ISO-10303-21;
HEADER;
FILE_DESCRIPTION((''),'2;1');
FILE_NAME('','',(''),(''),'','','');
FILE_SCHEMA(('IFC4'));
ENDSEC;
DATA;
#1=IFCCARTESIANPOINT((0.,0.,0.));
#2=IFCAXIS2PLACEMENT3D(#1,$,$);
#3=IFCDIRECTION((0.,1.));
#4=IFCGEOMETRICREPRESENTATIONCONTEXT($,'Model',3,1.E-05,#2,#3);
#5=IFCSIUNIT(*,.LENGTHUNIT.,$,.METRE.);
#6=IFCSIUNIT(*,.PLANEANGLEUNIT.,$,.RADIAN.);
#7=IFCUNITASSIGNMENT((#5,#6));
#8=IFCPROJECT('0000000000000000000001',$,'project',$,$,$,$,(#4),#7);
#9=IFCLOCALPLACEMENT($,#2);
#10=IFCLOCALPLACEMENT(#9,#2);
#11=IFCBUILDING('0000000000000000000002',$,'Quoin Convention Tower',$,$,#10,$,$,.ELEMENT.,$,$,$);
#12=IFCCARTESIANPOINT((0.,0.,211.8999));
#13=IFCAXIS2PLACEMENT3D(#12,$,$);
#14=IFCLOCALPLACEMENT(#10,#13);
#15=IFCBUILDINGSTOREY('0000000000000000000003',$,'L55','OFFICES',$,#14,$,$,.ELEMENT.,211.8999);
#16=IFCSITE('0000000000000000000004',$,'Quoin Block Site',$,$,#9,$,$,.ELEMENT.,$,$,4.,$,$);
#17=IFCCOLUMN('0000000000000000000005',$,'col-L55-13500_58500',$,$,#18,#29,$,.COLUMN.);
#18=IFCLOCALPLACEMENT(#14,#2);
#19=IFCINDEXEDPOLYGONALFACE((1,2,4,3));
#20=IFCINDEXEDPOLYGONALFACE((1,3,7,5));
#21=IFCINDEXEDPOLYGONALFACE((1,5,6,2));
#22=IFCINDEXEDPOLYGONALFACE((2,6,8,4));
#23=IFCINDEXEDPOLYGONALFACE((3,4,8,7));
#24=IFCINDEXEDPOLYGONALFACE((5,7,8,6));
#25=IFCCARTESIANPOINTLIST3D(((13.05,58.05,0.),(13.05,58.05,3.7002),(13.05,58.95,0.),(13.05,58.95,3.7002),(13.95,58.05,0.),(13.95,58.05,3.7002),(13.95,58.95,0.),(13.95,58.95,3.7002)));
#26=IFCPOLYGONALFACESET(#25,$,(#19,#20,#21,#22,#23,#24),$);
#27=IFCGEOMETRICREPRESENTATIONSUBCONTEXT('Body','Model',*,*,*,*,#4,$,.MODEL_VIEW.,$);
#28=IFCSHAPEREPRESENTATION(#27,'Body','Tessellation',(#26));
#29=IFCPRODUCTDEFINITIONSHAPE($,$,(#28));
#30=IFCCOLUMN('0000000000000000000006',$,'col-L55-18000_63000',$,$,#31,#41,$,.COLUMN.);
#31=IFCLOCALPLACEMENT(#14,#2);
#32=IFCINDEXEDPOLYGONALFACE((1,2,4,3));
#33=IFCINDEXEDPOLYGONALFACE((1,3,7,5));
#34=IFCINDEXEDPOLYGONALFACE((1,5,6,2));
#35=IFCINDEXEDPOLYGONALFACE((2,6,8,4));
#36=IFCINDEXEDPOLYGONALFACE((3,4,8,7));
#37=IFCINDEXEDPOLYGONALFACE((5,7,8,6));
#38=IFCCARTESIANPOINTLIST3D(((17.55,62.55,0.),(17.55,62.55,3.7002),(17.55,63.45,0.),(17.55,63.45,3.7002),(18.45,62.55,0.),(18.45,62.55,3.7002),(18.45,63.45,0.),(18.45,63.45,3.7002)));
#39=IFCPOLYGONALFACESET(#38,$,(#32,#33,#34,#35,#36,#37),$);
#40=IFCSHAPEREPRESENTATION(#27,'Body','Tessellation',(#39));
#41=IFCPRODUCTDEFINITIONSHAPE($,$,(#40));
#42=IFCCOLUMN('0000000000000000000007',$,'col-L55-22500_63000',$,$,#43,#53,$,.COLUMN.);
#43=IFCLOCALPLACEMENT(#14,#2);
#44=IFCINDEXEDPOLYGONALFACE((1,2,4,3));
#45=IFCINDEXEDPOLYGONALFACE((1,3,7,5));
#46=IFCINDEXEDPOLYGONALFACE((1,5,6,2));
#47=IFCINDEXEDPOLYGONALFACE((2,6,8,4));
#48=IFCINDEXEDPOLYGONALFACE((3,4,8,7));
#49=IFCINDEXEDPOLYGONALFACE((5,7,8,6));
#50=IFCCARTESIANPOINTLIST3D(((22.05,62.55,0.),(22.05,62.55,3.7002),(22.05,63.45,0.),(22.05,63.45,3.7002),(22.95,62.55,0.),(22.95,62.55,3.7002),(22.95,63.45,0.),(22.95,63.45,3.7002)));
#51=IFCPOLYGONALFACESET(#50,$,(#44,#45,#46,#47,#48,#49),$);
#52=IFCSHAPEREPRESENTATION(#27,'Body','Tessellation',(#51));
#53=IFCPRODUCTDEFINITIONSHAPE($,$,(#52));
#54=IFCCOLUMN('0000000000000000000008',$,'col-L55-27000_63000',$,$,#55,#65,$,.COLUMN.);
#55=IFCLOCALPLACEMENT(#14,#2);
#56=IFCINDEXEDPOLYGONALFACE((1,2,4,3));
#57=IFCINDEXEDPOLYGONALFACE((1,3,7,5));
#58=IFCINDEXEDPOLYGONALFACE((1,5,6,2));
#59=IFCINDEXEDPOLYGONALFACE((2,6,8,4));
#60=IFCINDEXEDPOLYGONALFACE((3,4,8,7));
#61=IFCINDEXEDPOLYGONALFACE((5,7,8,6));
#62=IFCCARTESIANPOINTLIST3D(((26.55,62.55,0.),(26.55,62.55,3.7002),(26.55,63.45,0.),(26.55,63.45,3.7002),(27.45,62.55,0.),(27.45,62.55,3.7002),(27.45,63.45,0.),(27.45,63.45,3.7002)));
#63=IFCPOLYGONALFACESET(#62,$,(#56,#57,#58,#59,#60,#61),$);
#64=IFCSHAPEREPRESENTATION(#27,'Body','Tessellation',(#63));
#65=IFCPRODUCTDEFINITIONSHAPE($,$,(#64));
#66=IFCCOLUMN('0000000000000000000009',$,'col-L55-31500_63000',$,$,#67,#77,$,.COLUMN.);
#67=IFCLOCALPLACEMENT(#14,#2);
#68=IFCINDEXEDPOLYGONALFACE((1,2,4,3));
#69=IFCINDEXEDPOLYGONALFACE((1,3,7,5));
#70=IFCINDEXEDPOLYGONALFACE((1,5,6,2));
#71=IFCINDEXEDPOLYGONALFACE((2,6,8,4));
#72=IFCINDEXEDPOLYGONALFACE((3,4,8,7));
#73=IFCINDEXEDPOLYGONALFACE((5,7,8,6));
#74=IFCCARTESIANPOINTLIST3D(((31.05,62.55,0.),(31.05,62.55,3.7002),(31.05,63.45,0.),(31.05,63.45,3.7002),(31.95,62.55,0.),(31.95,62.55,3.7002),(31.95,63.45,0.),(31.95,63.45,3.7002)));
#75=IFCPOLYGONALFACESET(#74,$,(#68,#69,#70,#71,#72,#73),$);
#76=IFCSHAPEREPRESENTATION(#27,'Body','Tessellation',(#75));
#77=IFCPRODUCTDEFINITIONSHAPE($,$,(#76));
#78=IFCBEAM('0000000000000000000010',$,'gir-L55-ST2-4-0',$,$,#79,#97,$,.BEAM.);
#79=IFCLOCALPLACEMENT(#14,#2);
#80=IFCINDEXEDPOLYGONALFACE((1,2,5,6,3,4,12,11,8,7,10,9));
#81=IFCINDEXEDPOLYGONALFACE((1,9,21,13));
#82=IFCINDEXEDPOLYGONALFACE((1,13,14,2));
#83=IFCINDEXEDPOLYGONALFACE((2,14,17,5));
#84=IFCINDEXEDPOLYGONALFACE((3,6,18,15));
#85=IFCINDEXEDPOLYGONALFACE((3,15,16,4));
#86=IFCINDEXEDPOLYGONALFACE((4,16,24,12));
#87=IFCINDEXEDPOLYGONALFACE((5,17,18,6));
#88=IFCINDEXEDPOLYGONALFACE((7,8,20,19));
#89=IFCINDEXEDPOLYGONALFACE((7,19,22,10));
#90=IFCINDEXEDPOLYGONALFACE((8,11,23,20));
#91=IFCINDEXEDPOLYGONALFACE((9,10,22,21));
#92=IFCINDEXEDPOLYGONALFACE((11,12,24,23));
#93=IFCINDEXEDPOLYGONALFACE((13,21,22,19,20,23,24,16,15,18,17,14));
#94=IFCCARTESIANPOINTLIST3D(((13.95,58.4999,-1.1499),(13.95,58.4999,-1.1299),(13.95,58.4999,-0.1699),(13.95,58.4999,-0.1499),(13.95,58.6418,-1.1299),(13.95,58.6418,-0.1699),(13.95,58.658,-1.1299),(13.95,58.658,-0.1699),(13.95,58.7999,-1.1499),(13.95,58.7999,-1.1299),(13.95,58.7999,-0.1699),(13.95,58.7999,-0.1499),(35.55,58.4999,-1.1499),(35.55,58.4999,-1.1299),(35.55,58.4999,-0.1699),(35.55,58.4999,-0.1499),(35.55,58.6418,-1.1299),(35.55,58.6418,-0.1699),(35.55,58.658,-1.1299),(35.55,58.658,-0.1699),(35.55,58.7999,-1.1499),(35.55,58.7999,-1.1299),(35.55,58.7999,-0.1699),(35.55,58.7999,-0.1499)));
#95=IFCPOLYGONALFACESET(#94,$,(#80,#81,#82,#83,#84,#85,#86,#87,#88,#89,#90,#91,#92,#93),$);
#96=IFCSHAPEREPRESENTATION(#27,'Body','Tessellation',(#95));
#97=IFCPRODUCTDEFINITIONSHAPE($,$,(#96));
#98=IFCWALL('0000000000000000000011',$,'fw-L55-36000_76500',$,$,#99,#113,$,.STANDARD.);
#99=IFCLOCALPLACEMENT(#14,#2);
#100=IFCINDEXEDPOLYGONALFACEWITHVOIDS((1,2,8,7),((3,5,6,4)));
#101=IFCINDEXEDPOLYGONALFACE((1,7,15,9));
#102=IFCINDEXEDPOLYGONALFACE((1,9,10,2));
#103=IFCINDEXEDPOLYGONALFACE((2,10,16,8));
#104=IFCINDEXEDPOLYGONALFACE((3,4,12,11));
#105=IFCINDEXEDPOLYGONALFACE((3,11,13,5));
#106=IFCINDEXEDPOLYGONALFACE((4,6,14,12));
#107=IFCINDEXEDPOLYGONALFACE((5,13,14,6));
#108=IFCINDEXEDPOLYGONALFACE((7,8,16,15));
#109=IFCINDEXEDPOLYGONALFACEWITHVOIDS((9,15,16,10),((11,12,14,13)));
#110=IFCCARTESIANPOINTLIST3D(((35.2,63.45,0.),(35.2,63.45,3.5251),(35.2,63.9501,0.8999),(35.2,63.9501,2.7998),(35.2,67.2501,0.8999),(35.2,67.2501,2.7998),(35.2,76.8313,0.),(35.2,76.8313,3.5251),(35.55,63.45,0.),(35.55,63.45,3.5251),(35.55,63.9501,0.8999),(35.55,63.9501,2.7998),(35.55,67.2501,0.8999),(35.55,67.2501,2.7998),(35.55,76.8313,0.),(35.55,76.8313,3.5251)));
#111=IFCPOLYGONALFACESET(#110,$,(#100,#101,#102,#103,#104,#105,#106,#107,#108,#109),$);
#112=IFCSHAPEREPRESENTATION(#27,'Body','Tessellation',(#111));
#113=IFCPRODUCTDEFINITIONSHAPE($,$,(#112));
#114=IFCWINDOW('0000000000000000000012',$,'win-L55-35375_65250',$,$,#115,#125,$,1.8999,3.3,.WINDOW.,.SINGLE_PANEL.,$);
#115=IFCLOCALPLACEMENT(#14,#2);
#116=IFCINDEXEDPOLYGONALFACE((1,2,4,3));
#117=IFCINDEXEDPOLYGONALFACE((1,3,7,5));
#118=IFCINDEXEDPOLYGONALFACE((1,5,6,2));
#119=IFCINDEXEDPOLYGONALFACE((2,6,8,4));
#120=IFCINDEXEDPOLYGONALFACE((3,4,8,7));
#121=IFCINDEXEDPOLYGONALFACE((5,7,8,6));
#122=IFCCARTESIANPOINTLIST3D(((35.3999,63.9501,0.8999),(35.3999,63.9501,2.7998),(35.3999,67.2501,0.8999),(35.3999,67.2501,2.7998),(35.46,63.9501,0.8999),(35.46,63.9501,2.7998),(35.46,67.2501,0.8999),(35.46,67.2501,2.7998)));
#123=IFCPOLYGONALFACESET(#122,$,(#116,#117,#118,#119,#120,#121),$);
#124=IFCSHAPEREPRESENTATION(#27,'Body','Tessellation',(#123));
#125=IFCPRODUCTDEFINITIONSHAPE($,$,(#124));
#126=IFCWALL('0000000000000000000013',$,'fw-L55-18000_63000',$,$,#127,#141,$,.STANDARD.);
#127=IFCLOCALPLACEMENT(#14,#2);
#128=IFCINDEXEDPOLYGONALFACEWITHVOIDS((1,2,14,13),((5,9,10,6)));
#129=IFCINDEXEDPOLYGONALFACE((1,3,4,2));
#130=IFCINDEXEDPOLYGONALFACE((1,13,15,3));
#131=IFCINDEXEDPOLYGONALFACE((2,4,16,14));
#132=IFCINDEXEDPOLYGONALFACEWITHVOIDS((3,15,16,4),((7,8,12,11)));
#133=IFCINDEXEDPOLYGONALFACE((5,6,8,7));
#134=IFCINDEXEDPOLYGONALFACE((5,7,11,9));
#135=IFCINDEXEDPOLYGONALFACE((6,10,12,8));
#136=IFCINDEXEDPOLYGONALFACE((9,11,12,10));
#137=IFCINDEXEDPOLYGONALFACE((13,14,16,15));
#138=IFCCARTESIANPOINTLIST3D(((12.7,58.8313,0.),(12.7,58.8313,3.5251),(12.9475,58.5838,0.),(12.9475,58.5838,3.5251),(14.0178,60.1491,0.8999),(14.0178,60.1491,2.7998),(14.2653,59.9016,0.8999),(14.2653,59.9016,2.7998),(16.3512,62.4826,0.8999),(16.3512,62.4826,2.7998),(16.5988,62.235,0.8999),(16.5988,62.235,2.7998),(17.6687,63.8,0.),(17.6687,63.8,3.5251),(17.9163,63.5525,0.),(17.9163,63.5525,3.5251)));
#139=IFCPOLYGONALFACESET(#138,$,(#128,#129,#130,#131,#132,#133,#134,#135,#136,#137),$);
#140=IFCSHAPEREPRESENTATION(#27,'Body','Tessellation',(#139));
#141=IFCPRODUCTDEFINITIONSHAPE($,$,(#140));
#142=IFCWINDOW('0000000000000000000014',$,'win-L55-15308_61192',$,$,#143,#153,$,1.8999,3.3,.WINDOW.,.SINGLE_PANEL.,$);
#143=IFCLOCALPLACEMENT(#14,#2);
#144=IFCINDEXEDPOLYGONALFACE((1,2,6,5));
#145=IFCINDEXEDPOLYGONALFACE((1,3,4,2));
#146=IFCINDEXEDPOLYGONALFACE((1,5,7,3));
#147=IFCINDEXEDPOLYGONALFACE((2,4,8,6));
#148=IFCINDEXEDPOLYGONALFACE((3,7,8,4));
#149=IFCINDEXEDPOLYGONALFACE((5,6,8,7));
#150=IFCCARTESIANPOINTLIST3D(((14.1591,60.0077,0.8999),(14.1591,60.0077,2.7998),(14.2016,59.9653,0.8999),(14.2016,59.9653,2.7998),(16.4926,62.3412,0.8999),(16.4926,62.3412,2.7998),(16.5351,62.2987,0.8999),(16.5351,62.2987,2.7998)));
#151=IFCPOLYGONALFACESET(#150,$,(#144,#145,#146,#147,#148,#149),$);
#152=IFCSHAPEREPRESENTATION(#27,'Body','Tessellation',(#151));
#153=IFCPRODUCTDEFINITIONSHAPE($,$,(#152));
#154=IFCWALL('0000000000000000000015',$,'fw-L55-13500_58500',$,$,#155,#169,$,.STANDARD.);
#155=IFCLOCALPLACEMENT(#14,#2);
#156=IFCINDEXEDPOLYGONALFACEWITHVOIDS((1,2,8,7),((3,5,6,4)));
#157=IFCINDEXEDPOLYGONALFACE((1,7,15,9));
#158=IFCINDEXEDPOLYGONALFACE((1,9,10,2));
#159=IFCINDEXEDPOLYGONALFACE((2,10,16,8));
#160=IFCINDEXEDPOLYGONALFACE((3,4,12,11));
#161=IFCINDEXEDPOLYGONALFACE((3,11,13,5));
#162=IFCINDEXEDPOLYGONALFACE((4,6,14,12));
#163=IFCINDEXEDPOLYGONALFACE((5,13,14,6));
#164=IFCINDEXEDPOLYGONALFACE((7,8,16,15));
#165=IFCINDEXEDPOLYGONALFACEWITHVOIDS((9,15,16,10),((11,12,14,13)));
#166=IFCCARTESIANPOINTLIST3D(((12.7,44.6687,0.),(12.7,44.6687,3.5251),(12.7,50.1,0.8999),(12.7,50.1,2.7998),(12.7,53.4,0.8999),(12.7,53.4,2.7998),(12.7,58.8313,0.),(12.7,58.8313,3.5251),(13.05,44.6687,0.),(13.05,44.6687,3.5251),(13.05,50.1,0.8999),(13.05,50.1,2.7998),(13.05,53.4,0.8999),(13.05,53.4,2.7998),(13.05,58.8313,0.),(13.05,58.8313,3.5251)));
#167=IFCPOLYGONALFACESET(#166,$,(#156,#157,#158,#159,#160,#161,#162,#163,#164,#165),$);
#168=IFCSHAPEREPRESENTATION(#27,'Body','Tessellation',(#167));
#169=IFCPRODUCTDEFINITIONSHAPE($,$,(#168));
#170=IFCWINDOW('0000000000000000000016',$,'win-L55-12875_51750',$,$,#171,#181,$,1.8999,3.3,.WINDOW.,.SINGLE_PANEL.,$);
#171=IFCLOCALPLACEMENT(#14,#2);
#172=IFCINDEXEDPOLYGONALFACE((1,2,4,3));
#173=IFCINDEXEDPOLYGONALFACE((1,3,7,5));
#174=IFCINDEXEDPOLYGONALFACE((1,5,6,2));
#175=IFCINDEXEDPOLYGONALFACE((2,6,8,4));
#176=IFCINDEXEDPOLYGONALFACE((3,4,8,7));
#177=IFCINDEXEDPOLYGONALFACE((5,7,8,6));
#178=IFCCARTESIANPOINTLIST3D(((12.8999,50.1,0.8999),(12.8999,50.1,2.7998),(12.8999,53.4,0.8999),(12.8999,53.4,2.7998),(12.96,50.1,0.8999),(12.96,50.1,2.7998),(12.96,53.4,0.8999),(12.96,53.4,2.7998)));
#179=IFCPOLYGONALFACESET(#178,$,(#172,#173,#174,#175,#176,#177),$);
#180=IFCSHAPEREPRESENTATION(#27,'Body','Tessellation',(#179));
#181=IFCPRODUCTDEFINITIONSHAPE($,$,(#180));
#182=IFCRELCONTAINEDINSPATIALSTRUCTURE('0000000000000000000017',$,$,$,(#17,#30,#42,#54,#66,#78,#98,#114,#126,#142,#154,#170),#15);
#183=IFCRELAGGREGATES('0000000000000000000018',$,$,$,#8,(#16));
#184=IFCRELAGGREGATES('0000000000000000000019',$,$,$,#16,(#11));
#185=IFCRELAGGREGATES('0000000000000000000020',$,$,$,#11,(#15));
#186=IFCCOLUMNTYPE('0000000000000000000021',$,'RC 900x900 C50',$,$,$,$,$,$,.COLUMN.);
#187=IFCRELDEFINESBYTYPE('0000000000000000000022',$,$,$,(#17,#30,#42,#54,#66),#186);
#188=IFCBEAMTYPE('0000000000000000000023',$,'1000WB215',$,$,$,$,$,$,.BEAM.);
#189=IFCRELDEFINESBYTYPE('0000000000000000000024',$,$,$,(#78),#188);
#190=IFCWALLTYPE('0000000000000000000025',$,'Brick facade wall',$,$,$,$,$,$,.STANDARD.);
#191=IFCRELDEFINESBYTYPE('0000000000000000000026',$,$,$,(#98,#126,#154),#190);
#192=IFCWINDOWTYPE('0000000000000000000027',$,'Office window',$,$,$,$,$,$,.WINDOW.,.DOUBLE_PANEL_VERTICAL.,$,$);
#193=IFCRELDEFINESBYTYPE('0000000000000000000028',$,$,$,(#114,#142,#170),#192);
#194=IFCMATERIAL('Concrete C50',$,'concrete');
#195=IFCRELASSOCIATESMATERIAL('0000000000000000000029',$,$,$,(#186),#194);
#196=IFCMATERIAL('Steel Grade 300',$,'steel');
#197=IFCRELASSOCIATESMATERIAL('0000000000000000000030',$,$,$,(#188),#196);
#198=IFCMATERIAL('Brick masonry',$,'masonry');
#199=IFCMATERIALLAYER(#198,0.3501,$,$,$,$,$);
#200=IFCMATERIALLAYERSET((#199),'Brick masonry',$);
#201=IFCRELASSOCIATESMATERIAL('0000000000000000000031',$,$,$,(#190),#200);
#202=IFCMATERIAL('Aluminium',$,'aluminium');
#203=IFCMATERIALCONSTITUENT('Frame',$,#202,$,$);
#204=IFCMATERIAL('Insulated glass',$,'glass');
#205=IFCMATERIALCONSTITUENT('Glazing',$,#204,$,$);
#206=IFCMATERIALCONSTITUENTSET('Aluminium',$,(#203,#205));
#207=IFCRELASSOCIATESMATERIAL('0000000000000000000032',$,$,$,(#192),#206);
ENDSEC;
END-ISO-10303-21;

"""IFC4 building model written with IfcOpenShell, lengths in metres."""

from ifc_helpers import new_model, si_unit, direction, frame, frame_2d, origin, origin_2d, place, context, subcontext, project, spatial, rectangle, i_section, extrude, material, layer, layer_set, constituent, constituent_set, material_profile, profile_set, type_object, element, fill, save


model = new_model("IFC4")

# Units and contexts
model_context = context("Model", 3, precision=1e-05, world=origin(), true_north=direction((0.0, 1.0)))
body_context = subcontext(model_context, "Body", "Model", "MODEL_VIEW")
ifc_project = project(units=[si_unit("LENGTHUNIT", "METRE"), si_unit("PLANEANGLEUNIT", "RADIAN")], contexts=[model_context])

# Site, building, storey
site_placement = place(None, origin())
site = spatial("IfcSite", under=ifc_project, at=site_placement, Name="Quoin Block Site", CompositionType="ELEMENT", RefElevation=4.0)
building_placement = place(site_placement, origin())
building = spatial("IfcBuilding", under=site, at=building_placement, Name="Quoin Convention Tower", CompositionType="ELEMENT")
storey_placement = place(building_placement, frame((0.0, 0.0, 211.8999)))
storey = spatial("IfcBuildingStorey", under=building, at=storey_placement, Name="L55", Description="OFFICES", CompositionType="ELEMENT", Elevation=211.8999)

# Columns
ifc_material_1 = material(Name="Concrete C50", Category="concrete")
ifc_material_profile_1 = material_profile(ifc_material_1, rectangle(XDim=0.8999, YDim=0.8999, at=origin_2d()), Name="RC 900x900")
ifc_profile_set_1 = profile_set([ifc_material_profile_1], Name="Concrete C50")
column_type = type_object("IfcColumnType", Name="RC 900x900 C50", PredefinedType="COLUMN", material=ifc_profile_set_1)
for number, where, z_axis, x_axis, name in (
    (1, (13.5, 58.5, 0.0), (0.0, 0.0, 1.0), (1.0, 0.0, 0.0), "col-L55-13500_58500"),
    (2, (18.0, 63.0, 0.0), (0.0, 0.0, 1.0), (1.0, 0.0, 0.0), "col-L55-18000_63000"),
    (3, (22.5, 63.0, 0.0), (0.0, 0.0, 1.0), (1.0, 0.0, 0.0), "col-L55-22500_63000"),
    (4, (27.0, 63.0, 0.0), (0.0, 0.0, 1.0), (1.0, 0.0, 0.0), "col-L55-27000_63000"),
    (5, (31.5, 63.0, 0.0), (0.0, 0.0, 1.0), (1.0, 0.0, 0.0), "col-L55-31500_63000"),
):
    element("IfcColumn", number, at=place(storey_placement, frame(where, z_axis=z_axis, x_axis=x_axis)), inside=storey, type_object=column_type, Name=name, PredefinedType="COLUMN", context=body_context, shape_type="SweptSolid", body=[
        extrude(rectangle(XDim=0.8999, YDim=0.8999, at=origin_2d()), origin(), (0.0, 0.0, 1.0), 3.7002),
    ])

# Beam
ifc_material_2 = material(Name="Steel Grade 300", Category="steel")
ifc_material_profile_2 = material_profile(ifc_material_2, i_section(OverallWidth=0.3, OverallDepth=1.0, WebThickness=0.0161, FlangeThickness=0.02, at=origin_2d()), Name="1000WB215")
ifc_profile_set_2 = profile_set([ifc_material_profile_2], Name="Steel Grade 300")
beam_type = type_object("IfcBeamType", Name="1000WB215", PredefinedType="BEAM", material=ifc_profile_set_2)
beam_placement = place(storey_placement, frame((13.95, 58.6499, -0.6499), z_axis=(1.0, 0.0, 0.0), x_axis=(0.0, 1.0, 0.0)))
element("IfcBeam", 6, at=beam_placement, inside=storey, type_object=beam_type, Name="gir-L55-ST2-4-0", PredefinedType="BEAM", context=body_context, shape_type="SweptSolid", body=[
    extrude(i_section(OverallWidth=0.3, OverallDepth=1.0, WebThickness=0.0161, FlangeThickness=0.02, at=origin_2d()), origin(), (0.0, 0.0, 1.0), 21.6001),
])

# Walls, openings, windows
ifc_material_3 = material(Name="Brick masonry", Category="masonry")
ifc_layer_1 = layer(ifc_material_3, 0.3501)
ifc_layer_set_1 = layer_set([ifc_layer_1], Name="Brick masonry")
wall_type_1 = type_object("IfcWallType", Name="Brick facade wall", PredefinedType="STANDARD", material=ifc_layer_set_1)
wall_1_placement = place(storey_placement, frame((35.375, 76.8313, 0.0), z_axis=(0.0, 0.0, 1.0), x_axis=(0.0, -1.0, 0.0)))
wall_1 = element("IfcWall", 7, at=wall_1_placement, inside=storey, type_object=wall_type_1, Name="fw-L55-36000_76500", PredefinedType="STANDARD", context=body_context, shape_type="SweptSolid", body=[
    extrude(rectangle(XDim=13.3813, YDim=0.3501, at=frame_2d((6.6907, 0.0))), origin(), (0.0, 0.0, 1.0), 3.5251),
])
opening_1_placement = place(wall_1_placement, frame((9.5813, 0.0, 0.8999)))
opening_1 = element("IfcOpeningElement", 8, at=opening_1_placement, cuts=wall_1, PredefinedType="OPENING", context=body_context, shape_type="SweptSolid", body=[
    extrude(rectangle(XDim=3.3, YDim=1.8999, at=frame_2d((1.6499, 0.95))), frame((0.0, 0.1851, 0.0), z_axis=(0.0, -1.0, 0.0), x_axis=(1.0, 0.0, 0.0)), (0.0, 0.0, 1.0), 0.3701),
])
ifc_material_4 = material(Name="Aluminium", Category="aluminium")
ifc_constituent_1 = constituent(ifc_material_4, Name="Frame")
ifc_material_5 = material(Name="Insulated glass", Category="glass")
ifc_constituent_2 = constituent(ifc_material_5, Name="Glazing")
ifc_constituent_set = constituent_set(constituents=[ifc_constituent_1, ifc_constituent_2], Name="Aluminium")
window_type = type_object("IfcWindowType", Name="Office window", PartitioningType="DOUBLE_PANEL_VERTICAL", PredefinedType="WINDOW", material=ifc_constituent_set)
window_1_placement = place(opening_1_placement, origin())
window_1 = element("IfcWindow", 9, at=window_1_placement, inside=storey, type_object=window_type, Name="win-L55-35375_65250", OverallHeight=1.8999, OverallWidth=3.3, PartitioningType="SINGLE_PANEL", PredefinedType="WINDOW", context=body_context, shape_type="SweptSolid", body=[
    extrude(rectangle(XDim=3.3, YDim=1.8999, at=frame_2d((1.6499, 0.95))), frame((0.0, 0.085, 0.0), z_axis=(0.0, -1.0, 0.0), x_axis=(1.0, 0.0, 0.0)), (0.0, 0.0, 1.0), 0.0601),
])
fill(opening_1, window_1)
wall_2_placement = place(storey_placement, frame((17.7925, 63.6763, 0.0), z_axis=(0.0, 0.0, 1.0), x_axis=(-0.707107, -0.707107, 0.0)))
wall_2 = element("IfcWall", 10, at=wall_2_placement, inside=storey, type_object=wall_type_1, Name="fw-L55-18000_63000", PredefinedType="STANDARD", context=body_context, shape_type="SweptSolid", body=[
    extrude(rectangle(XDim=7.0269, YDim=0.3501, at=frame_2d((3.5134, 0.0))), origin(), (0.0, 0.0, 1.0), 3.5251),
])
opening_2_placement = place(wall_2_placement, frame((1.8633, 0.0, 0.8999)))
opening_2 = element("IfcOpeningElement", 11, at=opening_2_placement, cuts=wall_2, PredefinedType="OPENING", context=body_context, shape_type="SweptSolid", body=[
    extrude(rectangle(XDim=3.3, YDim=1.8999, at=frame_2d((1.6499, 0.95))), frame((0.0, 0.1851, 0.0), z_axis=(0.0, -1.0, 0.0), x_axis=(1.0, 0.0, 0.0)), (0.0, 0.0, 1.0), 0.3701),
])
window_2_placement = place(opening_2_placement, origin())
window_2 = element("IfcWindow", 12, at=window_2_placement, inside=storey, type_object=window_type, Name="win-L55-15308_61192", OverallHeight=1.8999, OverallWidth=3.3, PartitioningType="SINGLE_PANEL", PredefinedType="WINDOW", context=body_context, shape_type="SweptSolid", body=[
    extrude(rectangle(XDim=3.3, YDim=1.8999, at=frame_2d((1.6499, 0.95))), frame((0.0, 0.085, 0.0), z_axis=(0.0, -1.0, 0.0), x_axis=(1.0, 0.0, 0.0)), (0.0, 0.0, 1.0), 0.0601),
])
fill(opening_2, window_2)
wall_3_placement = place(storey_placement, frame((12.875, 58.8313, 0.0), z_axis=(0.0, 0.0, 1.0), x_axis=(0.0, -1.0, 0.0)))
wall_3 = element("IfcWall", 13, at=wall_3_placement, inside=storey, type_object=wall_type_1, Name="fw-L55-13500_58500", PredefinedType="STANDARD", context=body_context, shape_type="SweptSolid", body=[
    extrude(rectangle(XDim=14.1626, YDim=0.3501, at=frame_2d((7.0813, 0.0))), origin(), (0.0, 0.0, 1.0), 3.5251),
])
opening_3_placement = place(wall_3_placement, frame((5.4314, 0.0, 0.8999)))
opening_3 = element("IfcOpeningElement", 14, at=opening_3_placement, cuts=wall_3, PredefinedType="OPENING", context=body_context, shape_type="SweptSolid", body=[
    extrude(rectangle(XDim=3.3, YDim=1.8999, at=frame_2d((1.6499, 0.95))), frame((0.0, 0.1851, 0.0), z_axis=(0.0, -1.0, 0.0), x_axis=(1.0, 0.0, 0.0)), (0.0, 0.0, 1.0), 0.3701),
])
window_3_placement = place(opening_3_placement, origin())
window_3 = element("IfcWindow", 15, at=window_3_placement, inside=storey, type_object=window_type, Name="win-L55-12875_51750", OverallHeight=1.8999, OverallWidth=3.3, PartitioningType="SINGLE_PANEL", PredefinedType="WINDOW", context=body_context, shape_type="SweptSolid", body=[
    extrude(rectangle(XDim=3.3, YDim=1.8999, at=frame_2d((1.6499, 0.95))), frame((0.0, 0.085, 0.0), z_axis=(0.0, -1.0, 0.0), x_axis=(1.0, 0.0, 0.0)), (0.0, 0.0, 1.0), 0.0601),
])
fill(opening_3, window_3)

save(model, "model.ifc")
